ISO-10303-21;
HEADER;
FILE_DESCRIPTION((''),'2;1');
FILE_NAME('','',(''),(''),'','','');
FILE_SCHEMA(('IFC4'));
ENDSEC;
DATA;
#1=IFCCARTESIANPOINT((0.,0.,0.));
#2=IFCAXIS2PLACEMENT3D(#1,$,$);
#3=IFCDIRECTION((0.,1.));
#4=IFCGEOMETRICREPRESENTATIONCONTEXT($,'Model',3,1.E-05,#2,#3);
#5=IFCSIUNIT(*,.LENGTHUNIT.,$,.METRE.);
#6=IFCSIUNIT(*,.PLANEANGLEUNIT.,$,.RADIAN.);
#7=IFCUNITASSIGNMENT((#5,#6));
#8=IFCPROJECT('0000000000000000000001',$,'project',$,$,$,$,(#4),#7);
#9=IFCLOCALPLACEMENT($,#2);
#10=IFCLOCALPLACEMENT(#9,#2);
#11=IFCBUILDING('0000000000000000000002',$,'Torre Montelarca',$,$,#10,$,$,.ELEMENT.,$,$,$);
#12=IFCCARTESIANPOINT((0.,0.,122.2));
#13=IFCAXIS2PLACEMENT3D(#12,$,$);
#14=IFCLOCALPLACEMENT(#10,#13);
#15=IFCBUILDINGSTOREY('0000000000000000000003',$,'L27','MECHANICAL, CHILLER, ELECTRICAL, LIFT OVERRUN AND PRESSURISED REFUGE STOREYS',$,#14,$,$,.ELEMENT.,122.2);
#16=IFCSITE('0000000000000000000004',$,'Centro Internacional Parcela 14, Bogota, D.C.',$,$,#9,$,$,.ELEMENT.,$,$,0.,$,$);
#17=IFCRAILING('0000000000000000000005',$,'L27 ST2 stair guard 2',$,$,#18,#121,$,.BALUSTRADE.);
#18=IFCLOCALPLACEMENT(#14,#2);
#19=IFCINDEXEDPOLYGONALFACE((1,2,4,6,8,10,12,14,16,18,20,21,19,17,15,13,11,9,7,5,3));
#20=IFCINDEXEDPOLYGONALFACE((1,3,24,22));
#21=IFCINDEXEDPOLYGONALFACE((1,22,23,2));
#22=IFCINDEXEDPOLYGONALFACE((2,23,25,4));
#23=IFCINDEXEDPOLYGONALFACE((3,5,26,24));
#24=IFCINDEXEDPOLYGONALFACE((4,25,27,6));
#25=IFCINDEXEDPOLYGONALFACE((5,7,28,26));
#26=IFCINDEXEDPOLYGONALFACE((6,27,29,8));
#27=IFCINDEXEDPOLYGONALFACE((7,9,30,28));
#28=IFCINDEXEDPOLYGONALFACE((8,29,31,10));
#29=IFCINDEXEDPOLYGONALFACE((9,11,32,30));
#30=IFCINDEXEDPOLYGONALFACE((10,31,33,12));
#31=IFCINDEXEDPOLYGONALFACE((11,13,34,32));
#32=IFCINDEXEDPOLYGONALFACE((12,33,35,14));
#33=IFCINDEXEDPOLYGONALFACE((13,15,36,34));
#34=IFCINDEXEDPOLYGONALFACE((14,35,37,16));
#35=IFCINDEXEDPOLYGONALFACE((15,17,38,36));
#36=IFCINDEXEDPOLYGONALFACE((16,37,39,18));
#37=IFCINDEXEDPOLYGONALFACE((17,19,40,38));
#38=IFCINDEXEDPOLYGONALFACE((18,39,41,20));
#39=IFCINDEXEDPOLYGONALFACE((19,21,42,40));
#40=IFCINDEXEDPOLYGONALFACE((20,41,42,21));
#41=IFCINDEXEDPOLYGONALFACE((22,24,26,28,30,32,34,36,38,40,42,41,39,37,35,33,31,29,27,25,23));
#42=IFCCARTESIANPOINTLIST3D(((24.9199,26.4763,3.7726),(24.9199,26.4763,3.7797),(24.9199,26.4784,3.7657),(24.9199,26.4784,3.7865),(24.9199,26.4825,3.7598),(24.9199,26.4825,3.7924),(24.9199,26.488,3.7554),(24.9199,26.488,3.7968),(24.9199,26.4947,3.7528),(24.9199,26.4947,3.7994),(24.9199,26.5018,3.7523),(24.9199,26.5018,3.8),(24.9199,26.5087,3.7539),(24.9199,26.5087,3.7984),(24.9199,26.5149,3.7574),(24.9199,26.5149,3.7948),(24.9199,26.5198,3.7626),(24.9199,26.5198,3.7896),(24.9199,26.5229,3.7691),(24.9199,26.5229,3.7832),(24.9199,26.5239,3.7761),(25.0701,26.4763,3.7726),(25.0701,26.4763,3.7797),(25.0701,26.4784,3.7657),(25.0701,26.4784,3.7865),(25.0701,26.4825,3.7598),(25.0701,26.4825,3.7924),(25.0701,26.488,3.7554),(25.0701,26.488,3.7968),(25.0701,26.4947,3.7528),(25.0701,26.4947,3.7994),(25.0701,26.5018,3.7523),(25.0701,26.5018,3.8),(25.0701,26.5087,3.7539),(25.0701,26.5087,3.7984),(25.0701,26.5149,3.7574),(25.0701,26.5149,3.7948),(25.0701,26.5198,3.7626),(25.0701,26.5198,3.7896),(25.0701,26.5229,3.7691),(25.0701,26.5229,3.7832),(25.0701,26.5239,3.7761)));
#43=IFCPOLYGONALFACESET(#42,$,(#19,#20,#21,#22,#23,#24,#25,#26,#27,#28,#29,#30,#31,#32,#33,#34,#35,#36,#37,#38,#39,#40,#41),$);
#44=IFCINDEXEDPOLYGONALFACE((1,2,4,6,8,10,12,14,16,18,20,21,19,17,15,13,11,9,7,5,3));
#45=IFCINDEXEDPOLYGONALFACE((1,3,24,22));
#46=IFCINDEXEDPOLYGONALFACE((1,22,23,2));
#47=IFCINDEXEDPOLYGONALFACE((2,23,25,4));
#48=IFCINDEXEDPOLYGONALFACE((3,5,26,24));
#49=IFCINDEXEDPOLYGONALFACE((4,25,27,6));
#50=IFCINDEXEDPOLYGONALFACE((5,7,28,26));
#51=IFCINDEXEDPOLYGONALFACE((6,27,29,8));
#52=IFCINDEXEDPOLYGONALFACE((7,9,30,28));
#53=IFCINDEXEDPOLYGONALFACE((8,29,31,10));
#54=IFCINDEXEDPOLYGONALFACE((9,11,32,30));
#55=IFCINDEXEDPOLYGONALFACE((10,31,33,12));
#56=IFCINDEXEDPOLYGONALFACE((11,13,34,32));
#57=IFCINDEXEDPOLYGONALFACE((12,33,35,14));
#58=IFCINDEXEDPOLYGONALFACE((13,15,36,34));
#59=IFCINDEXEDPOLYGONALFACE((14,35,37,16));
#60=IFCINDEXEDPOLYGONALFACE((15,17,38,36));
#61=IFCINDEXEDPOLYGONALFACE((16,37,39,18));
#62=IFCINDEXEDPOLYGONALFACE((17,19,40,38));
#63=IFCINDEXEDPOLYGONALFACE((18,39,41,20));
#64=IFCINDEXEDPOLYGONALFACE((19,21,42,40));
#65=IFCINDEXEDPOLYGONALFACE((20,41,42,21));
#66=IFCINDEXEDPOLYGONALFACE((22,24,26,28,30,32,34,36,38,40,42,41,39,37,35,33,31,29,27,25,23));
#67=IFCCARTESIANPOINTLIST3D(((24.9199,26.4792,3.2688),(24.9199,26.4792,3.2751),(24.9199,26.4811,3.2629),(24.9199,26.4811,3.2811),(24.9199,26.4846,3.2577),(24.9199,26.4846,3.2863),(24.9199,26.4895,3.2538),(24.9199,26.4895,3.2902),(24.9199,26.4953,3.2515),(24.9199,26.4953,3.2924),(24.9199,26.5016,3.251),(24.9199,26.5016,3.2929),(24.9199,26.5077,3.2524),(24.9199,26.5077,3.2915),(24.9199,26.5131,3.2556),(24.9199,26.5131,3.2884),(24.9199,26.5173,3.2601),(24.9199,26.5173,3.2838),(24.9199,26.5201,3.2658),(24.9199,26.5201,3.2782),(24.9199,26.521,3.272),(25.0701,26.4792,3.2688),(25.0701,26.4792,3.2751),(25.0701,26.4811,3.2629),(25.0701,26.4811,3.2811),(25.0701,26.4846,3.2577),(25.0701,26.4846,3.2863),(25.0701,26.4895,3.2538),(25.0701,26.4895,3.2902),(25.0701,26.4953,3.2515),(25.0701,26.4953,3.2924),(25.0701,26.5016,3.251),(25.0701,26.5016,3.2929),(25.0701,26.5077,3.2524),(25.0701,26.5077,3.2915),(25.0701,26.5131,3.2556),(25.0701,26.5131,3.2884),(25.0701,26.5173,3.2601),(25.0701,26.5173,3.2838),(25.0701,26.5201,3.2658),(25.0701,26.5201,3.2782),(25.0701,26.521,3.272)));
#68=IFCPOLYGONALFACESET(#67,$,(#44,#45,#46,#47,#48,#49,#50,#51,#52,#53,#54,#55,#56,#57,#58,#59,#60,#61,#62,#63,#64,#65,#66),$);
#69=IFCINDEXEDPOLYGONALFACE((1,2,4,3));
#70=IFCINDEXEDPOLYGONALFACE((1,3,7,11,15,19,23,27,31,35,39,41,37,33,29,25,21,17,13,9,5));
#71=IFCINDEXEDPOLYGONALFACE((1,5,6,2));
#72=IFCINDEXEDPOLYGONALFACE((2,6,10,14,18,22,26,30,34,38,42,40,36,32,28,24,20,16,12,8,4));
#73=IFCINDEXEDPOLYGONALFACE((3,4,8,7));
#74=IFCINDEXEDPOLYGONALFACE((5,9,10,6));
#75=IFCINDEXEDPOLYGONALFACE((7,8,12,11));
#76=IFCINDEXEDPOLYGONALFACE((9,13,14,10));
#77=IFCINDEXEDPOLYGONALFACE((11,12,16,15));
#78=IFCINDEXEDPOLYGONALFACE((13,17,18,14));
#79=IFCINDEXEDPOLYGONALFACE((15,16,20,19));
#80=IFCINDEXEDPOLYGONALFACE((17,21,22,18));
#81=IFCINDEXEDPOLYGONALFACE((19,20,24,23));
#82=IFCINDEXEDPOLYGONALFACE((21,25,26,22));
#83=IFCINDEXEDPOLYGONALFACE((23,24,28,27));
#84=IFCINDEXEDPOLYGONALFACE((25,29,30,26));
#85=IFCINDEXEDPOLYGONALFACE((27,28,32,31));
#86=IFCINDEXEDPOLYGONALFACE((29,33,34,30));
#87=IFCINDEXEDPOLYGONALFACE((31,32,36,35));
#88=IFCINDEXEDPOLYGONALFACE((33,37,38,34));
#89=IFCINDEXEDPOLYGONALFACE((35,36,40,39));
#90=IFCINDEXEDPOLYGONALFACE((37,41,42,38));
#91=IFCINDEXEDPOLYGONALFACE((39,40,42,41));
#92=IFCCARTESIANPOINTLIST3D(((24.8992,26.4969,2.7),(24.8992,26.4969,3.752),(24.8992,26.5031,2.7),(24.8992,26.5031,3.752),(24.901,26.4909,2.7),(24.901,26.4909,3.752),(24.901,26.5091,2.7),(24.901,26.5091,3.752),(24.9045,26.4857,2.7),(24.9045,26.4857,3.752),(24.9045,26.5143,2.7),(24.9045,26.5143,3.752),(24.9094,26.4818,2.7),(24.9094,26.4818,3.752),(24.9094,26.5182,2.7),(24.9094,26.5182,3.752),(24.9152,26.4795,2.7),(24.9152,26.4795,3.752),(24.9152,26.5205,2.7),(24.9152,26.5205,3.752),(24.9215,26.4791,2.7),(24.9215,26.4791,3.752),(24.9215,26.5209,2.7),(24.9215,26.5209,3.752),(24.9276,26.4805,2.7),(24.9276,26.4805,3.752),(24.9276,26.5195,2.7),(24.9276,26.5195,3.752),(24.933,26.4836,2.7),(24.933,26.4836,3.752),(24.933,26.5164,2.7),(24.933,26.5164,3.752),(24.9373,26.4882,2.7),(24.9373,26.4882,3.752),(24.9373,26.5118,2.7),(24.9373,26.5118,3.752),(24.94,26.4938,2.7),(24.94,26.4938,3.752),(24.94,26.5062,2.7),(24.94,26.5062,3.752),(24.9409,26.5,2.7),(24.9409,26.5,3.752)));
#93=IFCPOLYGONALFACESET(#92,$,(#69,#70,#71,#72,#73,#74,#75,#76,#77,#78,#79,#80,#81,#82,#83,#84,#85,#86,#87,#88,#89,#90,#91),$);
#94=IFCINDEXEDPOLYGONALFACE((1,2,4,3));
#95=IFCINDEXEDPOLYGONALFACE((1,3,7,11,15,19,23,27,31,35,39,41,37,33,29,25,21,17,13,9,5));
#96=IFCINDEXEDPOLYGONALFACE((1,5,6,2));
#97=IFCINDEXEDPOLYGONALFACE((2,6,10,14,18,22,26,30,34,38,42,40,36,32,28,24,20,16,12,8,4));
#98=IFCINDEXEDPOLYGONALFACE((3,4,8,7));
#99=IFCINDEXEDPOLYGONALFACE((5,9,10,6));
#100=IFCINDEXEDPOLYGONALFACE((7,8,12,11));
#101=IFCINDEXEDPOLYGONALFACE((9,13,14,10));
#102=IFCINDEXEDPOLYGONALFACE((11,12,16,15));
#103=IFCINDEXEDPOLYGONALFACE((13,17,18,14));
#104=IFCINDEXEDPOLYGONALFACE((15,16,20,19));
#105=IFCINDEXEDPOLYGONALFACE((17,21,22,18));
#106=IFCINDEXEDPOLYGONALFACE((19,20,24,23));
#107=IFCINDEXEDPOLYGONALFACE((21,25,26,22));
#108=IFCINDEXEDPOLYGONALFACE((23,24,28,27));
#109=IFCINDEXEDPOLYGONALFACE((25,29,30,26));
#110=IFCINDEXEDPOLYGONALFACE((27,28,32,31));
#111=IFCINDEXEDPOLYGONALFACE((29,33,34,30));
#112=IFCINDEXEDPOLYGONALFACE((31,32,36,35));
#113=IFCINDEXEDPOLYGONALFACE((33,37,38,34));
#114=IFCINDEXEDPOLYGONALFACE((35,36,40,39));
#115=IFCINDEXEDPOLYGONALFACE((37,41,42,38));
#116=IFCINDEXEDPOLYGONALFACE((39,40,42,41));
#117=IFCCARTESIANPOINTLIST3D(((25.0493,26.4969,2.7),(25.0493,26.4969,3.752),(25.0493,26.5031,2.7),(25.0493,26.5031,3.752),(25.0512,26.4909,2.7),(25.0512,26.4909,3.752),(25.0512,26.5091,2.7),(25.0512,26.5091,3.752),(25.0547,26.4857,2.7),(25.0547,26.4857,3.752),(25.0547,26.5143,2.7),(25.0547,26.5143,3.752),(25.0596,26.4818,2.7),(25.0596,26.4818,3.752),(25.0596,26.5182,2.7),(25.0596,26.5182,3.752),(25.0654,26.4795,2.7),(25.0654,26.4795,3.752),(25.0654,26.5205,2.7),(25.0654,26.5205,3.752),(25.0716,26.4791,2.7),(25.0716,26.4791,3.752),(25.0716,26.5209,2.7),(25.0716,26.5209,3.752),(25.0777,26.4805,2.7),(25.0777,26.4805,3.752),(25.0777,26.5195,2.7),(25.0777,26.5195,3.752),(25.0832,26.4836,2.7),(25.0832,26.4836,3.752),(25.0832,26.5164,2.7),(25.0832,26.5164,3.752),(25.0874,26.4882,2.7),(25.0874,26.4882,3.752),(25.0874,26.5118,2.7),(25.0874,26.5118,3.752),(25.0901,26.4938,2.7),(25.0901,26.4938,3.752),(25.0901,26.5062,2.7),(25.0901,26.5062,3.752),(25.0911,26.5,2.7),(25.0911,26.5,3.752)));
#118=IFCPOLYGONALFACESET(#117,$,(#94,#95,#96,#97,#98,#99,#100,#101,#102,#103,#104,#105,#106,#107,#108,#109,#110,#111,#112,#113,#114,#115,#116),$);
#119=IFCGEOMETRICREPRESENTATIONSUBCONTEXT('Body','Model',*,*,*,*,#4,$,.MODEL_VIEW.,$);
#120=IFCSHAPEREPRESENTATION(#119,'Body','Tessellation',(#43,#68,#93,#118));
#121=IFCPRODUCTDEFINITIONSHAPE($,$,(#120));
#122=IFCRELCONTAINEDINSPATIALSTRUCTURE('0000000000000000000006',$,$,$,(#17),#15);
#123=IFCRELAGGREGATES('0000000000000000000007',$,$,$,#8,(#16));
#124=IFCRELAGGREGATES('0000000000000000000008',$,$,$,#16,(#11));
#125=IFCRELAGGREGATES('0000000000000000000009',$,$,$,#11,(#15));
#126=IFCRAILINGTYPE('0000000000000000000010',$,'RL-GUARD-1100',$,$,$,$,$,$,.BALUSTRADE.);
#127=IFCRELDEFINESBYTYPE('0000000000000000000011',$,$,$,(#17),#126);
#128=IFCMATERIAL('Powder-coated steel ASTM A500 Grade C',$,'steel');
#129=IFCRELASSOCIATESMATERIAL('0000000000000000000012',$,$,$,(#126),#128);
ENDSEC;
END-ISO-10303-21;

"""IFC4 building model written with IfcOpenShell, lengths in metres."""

from ifc_helpers import new_model, si_unit, direction, frame, origin, origin_2d, place, context, subcontext, project, spatial, circle, extrude, material, type_object, element, save


model = new_model("IFC4")

# Units and contexts
model_context = context("Model", 3, precision=1e-05, world=origin(), true_north=direction((0.0, 1.0)))
body_context = subcontext(model_context, "Body", "Model", "MODEL_VIEW")
ifc_project = project(units=[si_unit("LENGTHUNIT", "METRE"), si_unit("PLANEANGLEUNIT", "RADIAN")], contexts=[model_context])

# Site, building, storey
site_placement = place(None, origin())
site = spatial("IfcSite", under=ifc_project, at=site_placement, Name="Centro Internacional Parcela 14, Bogota, D.C.", CompositionType="ELEMENT", RefElevation=0.0)
building_placement = place(site_placement, origin())
building = spatial("IfcBuilding", under=site, at=building_placement, Name="Torre Montelarca", CompositionType="ELEMENT")
storey_placement = place(building_placement, frame((0.0, 0.0, 122.2)))
storey = spatial("IfcBuildingStorey", under=building, at=storey_placement, Name="L27", Description="MECHANICAL, CHILLER, ELECTRICAL, LIFT OVERRUN AND PRESSURISED REFUGE STOREYS", CompositionType="ELEMENT", Elevation=122.2)

# Railing
ifc_material_1 = material(Name="Powder-coated steel ASTM A500 Grade C", Category="steel")
railing_type_1 = type_object("IfcRailingType", Name="RL-GUARD-1100", PredefinedType="BALUSTRADE", material=ifc_material_1)
railing_1_placement = place(storey_placement, frame((24.9199, 26.5, 2.7)))
element("IfcRailing", 1, at=railing_1_placement, inside=storey, type_object=railing_type_1, Name="L27 ST2 stair guard 2", PredefinedType="BALUSTRADE", context=body_context, shape_type="SweptSolid", body=[
    extrude(circle(Radius=0.0239, at=origin_2d()), frame((0.0, 0.0, 1.0762), z_axis=(1.0, 0.0, 0.0), x_axis=(0.0, 1.0, 0.0)), (0.0, 0.0, 1.0), 0.1501),
    extrude(circle(Radius=0.021, at=origin_2d()), frame((0.0, 0.0, 0.572), z_axis=(1.0, 0.0, 0.0), x_axis=(0.0, 1.0, 0.0)), (0.0, 0.0, 1.0), 0.1501),
    extrude(circle(Radius=0.021, at=origin_2d()), origin(), (0.0, 0.0, 1.0), 1.052),
    extrude(circle(Radius=0.021, at=origin_2d()), frame((0.1501, 0.0, 0.0)), (0.0, 0.0, 1.0), 1.052),
])

save(model, "model.ifc")
